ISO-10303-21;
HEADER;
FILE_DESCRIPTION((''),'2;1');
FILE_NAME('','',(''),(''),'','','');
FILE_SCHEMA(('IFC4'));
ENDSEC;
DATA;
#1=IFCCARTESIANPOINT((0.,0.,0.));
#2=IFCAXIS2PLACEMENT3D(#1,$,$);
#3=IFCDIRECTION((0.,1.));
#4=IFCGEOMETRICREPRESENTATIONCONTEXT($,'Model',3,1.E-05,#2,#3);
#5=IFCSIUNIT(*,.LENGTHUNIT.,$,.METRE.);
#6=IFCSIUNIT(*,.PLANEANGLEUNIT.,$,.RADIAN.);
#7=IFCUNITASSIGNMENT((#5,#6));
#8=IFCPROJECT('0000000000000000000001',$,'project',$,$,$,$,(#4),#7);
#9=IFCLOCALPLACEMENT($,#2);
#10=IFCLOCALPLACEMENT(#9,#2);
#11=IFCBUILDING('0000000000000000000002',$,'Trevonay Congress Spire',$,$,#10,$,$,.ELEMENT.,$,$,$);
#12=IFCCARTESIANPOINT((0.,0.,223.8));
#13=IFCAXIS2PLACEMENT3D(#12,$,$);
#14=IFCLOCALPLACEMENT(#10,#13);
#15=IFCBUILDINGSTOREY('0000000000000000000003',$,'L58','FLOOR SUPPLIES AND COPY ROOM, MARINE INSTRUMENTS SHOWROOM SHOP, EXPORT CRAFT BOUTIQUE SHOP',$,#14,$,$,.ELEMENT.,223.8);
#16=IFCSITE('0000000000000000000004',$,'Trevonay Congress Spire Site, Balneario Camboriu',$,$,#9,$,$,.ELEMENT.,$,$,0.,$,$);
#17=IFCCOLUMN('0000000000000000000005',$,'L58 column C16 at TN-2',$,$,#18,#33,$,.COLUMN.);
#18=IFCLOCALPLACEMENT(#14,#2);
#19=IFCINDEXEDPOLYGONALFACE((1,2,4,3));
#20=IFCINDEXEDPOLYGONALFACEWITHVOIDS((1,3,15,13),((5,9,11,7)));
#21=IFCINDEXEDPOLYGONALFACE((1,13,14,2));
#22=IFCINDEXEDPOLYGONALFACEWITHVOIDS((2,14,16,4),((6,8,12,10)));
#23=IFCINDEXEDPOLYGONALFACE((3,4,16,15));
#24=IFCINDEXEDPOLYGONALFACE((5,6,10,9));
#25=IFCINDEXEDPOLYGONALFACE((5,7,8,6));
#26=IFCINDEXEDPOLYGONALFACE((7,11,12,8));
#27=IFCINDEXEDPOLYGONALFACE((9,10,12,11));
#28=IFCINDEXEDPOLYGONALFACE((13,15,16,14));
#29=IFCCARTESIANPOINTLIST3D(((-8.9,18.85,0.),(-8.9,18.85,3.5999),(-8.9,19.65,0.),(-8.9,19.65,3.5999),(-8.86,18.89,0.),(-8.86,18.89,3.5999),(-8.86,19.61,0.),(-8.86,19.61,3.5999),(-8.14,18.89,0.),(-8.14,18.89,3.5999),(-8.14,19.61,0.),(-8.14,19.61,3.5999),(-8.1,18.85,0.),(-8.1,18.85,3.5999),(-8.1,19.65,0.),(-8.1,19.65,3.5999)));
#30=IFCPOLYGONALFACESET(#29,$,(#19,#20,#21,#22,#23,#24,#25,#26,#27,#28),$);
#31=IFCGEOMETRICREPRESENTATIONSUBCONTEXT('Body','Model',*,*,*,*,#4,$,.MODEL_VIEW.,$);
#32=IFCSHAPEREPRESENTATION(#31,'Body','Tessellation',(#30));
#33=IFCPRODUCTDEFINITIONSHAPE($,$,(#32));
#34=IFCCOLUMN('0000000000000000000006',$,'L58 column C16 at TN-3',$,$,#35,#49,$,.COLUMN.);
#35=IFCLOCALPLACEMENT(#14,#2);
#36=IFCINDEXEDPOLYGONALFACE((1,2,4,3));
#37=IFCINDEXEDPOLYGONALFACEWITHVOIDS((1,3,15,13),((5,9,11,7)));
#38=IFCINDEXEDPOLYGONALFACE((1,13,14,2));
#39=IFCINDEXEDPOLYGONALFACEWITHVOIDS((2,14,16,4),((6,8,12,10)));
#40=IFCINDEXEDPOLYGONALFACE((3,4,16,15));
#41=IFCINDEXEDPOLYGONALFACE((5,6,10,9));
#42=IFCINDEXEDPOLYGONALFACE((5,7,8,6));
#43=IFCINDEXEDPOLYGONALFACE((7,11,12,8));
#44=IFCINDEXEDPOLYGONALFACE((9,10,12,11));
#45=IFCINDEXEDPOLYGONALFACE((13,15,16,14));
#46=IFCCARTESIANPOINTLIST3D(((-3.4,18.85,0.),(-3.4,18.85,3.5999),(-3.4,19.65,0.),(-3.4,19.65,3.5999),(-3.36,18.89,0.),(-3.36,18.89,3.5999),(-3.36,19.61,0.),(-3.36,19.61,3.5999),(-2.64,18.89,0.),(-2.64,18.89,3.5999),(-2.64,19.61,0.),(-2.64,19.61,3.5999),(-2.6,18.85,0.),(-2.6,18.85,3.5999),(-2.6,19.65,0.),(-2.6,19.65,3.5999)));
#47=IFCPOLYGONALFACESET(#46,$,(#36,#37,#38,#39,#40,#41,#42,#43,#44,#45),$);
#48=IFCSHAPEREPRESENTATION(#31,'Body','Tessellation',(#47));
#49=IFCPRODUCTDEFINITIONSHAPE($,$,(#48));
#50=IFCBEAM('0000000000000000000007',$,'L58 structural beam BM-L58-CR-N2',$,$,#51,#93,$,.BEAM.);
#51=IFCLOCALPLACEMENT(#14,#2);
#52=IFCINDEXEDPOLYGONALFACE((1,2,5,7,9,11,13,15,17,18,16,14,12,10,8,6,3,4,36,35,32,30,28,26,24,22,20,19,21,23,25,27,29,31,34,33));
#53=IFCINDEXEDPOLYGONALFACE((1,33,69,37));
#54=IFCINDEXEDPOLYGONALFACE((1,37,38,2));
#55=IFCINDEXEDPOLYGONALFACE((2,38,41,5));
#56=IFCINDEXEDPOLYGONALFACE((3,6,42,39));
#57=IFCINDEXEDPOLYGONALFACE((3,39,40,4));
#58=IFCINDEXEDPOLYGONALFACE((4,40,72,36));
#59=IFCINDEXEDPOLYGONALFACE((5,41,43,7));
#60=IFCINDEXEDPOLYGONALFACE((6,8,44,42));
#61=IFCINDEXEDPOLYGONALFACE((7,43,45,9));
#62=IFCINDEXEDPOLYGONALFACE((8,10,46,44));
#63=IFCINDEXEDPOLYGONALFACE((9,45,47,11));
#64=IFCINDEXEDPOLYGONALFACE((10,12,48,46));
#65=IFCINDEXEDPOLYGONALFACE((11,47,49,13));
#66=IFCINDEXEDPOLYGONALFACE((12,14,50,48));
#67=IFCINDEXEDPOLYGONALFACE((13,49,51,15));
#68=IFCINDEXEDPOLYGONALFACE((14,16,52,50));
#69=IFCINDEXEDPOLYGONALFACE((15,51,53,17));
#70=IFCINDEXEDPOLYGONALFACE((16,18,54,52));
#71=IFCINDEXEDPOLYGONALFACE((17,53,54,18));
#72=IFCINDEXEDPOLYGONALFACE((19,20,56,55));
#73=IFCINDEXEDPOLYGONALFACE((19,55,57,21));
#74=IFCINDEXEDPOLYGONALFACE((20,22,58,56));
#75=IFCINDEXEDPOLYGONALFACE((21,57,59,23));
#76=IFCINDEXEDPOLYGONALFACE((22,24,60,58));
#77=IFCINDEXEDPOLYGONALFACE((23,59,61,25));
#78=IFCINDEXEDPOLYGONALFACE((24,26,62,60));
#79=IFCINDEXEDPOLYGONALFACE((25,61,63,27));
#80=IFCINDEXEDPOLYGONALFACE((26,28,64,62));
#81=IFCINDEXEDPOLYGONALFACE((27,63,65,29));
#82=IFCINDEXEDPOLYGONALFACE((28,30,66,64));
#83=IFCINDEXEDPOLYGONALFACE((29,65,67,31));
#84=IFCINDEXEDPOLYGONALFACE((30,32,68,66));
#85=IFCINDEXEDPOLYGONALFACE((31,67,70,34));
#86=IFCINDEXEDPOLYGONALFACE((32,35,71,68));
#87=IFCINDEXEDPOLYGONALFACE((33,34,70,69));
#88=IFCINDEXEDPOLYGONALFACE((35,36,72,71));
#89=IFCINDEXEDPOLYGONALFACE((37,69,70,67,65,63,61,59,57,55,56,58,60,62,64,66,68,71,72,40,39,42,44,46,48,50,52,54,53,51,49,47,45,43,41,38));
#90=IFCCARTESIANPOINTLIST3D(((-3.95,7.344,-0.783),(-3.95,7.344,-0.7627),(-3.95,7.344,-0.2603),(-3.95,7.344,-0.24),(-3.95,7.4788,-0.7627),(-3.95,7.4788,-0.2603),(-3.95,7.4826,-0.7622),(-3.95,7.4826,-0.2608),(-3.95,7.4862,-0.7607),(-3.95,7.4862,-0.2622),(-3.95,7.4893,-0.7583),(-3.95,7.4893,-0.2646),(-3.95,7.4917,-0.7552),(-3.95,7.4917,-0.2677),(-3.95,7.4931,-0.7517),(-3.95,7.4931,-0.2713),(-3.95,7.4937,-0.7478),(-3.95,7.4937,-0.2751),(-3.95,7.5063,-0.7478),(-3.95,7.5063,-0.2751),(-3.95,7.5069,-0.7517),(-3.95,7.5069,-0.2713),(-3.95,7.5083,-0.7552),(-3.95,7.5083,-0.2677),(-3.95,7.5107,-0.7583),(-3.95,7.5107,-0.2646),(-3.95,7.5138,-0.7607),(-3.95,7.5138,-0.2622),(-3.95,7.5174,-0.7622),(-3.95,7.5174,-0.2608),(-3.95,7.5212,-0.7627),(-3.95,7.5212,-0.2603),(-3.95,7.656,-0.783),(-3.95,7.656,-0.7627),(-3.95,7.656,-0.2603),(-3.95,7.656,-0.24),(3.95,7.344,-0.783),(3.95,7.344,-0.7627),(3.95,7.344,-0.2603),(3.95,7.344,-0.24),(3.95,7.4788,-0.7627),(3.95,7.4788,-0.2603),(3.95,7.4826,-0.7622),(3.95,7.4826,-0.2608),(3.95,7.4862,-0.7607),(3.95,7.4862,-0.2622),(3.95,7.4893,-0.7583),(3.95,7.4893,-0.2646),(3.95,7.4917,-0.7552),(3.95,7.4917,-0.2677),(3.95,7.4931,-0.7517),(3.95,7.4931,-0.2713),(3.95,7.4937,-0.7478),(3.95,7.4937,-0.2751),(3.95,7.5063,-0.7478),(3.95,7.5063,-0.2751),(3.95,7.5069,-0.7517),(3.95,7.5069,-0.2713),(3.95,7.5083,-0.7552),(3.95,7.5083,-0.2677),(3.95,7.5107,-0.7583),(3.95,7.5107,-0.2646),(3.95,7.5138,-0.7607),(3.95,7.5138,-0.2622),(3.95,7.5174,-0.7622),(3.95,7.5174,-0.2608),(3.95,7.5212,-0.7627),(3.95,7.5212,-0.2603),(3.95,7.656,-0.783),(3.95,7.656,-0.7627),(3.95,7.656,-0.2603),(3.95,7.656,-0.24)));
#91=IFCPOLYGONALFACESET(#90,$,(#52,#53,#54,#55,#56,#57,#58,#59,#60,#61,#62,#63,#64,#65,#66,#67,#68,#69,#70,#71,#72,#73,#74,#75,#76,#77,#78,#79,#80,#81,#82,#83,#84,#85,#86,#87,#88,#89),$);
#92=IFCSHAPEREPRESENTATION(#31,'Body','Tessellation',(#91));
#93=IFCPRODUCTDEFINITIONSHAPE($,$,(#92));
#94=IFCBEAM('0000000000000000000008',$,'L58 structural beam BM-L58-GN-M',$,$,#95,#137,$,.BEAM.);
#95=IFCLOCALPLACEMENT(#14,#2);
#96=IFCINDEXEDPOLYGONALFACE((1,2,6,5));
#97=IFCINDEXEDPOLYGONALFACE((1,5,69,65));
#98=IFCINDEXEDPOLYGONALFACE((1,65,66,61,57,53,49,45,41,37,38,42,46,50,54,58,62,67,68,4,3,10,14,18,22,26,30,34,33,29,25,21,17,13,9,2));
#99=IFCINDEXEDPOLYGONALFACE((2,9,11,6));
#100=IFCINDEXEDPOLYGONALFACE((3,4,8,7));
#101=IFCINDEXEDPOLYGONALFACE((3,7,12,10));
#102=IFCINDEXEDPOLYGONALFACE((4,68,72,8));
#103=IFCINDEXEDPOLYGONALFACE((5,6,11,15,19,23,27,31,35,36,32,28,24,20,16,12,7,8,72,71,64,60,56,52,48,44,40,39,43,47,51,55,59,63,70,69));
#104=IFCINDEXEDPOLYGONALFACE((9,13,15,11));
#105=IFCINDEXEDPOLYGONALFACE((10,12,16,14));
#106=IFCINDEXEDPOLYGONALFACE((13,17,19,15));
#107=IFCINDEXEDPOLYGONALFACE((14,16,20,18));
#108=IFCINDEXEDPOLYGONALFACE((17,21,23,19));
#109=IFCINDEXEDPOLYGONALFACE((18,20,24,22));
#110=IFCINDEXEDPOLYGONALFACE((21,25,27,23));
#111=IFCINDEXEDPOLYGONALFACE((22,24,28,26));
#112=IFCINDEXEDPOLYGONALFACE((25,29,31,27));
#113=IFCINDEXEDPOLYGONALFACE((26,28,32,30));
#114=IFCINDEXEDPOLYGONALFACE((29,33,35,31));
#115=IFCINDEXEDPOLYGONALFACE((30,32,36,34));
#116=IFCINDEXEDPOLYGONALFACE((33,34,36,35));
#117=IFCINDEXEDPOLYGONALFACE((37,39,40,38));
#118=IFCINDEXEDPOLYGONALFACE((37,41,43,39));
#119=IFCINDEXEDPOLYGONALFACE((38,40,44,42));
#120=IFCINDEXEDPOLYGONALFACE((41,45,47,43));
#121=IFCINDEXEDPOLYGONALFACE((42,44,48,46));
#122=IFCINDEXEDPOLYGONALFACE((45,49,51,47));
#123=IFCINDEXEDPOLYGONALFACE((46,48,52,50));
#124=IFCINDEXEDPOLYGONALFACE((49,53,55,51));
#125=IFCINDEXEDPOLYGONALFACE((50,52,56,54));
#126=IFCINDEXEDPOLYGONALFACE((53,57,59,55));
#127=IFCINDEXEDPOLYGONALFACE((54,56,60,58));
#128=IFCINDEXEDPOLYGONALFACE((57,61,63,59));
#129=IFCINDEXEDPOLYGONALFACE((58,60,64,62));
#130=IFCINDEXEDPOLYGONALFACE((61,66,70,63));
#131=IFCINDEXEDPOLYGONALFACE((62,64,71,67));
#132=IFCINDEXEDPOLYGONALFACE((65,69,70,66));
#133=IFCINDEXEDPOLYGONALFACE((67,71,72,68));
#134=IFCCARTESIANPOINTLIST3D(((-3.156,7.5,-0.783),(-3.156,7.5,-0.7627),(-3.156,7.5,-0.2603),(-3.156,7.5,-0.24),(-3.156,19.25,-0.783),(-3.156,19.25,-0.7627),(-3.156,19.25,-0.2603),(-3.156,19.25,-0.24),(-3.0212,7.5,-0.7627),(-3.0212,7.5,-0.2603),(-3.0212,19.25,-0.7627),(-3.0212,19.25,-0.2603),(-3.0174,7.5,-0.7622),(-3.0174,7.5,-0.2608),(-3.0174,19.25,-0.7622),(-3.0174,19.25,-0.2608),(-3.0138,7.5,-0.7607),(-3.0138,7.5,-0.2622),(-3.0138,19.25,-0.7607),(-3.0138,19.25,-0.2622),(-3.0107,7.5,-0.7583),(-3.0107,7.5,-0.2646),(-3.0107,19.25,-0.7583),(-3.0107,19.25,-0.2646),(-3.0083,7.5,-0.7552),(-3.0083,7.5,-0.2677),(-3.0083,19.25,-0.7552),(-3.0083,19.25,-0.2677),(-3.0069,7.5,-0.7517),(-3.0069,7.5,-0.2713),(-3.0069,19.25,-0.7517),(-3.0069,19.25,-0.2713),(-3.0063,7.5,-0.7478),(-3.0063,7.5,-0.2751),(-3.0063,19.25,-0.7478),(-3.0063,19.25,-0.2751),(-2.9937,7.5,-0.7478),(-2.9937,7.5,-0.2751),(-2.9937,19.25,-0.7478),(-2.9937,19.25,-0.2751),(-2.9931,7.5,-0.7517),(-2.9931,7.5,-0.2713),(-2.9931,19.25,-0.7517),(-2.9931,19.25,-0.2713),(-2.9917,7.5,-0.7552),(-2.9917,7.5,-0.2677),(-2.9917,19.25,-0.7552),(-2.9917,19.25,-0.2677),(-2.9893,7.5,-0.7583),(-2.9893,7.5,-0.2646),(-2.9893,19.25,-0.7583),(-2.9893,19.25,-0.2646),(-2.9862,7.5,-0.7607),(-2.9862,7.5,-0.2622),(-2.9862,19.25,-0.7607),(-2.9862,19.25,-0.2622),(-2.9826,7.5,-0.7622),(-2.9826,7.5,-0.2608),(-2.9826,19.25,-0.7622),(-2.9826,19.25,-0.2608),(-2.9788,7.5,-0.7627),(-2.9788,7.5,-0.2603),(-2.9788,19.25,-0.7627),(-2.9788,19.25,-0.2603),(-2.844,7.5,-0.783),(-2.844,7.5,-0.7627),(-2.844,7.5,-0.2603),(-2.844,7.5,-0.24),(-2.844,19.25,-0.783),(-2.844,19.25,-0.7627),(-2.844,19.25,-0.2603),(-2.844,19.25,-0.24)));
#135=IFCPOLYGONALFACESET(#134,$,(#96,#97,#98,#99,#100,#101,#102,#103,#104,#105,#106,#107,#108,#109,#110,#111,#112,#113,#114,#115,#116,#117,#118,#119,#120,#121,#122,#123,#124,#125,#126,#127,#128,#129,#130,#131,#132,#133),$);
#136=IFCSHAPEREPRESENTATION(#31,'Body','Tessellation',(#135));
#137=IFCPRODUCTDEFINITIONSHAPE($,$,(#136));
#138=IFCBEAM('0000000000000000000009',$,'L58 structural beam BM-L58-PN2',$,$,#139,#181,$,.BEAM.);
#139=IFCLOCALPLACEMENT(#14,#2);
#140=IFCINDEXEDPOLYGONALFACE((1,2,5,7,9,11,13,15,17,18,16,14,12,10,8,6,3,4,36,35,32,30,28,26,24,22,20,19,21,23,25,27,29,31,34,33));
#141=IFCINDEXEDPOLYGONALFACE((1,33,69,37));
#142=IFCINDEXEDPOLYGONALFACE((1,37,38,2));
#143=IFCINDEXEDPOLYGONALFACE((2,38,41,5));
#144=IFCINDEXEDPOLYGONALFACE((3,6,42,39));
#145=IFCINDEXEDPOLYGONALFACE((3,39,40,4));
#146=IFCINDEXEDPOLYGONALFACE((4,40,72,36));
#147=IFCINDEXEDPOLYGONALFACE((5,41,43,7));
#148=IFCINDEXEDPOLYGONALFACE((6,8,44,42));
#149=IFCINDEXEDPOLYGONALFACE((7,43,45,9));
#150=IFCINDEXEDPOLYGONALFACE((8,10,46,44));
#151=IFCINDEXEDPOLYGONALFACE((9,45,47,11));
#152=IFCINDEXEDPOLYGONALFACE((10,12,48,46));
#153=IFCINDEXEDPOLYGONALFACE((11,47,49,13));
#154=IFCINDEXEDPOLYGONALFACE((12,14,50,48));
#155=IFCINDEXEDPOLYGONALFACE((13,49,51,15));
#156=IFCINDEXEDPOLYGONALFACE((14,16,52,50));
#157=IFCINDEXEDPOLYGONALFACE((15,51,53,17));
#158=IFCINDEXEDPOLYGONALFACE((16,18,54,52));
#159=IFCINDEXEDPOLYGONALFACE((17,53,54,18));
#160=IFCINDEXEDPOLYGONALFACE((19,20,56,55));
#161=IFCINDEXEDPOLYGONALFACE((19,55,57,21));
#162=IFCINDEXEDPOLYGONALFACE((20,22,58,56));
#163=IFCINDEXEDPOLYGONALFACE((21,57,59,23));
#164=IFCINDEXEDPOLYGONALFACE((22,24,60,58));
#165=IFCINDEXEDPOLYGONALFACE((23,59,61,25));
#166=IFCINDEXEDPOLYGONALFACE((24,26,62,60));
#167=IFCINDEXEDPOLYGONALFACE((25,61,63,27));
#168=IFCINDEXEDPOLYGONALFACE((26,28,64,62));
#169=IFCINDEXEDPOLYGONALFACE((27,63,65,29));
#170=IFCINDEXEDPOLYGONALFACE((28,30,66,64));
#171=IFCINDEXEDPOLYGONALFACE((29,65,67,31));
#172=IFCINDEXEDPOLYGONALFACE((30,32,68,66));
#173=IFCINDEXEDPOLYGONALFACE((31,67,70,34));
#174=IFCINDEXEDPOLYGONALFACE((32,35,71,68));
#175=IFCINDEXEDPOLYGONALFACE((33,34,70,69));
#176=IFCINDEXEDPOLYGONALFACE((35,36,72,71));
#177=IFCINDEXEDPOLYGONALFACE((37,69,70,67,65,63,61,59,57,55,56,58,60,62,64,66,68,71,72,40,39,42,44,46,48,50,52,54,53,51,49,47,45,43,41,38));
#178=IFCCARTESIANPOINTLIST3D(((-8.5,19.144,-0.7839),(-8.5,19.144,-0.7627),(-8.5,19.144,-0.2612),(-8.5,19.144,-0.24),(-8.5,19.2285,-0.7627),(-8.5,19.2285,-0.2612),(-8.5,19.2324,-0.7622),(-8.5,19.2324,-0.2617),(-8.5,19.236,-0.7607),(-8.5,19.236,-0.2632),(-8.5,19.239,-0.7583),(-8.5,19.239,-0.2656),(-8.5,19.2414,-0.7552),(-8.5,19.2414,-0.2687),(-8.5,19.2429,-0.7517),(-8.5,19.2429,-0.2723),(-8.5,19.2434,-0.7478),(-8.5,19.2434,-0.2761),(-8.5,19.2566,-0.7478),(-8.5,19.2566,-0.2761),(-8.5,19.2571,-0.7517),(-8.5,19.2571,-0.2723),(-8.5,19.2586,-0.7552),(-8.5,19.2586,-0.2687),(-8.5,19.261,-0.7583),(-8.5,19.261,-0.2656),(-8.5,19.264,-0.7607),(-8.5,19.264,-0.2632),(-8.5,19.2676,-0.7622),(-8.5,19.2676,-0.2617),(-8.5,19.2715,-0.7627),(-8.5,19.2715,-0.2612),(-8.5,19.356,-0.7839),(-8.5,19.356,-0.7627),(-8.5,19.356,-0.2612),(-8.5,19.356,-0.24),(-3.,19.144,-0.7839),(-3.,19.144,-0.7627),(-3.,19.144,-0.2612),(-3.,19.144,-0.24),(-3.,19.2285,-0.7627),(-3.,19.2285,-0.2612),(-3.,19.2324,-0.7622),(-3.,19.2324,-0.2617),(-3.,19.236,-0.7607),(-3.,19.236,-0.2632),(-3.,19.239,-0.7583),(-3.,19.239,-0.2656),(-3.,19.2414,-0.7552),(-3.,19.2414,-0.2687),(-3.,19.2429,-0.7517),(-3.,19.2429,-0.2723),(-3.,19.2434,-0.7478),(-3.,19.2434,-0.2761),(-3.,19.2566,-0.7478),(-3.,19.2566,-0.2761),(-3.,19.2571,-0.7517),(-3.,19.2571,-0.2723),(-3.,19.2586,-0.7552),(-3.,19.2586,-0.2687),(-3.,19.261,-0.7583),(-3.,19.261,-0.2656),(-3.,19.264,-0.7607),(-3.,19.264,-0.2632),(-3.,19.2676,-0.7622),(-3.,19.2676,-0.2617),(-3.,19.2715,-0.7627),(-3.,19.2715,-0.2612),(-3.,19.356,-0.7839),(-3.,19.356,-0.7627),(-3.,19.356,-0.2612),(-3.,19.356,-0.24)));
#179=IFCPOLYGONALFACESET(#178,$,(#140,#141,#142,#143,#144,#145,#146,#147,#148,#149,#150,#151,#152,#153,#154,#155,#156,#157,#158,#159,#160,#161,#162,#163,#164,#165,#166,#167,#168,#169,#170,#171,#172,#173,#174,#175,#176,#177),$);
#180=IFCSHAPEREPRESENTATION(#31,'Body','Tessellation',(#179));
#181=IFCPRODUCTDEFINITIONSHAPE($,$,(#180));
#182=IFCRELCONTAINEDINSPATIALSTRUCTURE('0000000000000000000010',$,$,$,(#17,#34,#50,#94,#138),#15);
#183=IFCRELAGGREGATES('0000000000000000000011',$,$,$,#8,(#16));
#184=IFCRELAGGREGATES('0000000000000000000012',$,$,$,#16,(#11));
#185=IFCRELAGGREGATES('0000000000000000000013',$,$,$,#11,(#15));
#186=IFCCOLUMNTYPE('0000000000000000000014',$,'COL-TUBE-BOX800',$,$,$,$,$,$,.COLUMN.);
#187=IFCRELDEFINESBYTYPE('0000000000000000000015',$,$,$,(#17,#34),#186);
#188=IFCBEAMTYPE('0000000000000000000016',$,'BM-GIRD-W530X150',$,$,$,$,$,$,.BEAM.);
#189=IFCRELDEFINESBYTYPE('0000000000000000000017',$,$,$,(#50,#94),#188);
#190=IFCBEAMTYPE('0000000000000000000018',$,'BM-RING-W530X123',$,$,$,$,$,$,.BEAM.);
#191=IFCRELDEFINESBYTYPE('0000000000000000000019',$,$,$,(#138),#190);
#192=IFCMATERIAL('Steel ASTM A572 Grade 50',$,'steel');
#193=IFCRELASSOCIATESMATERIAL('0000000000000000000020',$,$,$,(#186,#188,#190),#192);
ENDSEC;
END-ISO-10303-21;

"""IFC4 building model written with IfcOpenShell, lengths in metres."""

from ifc_helpers import new_model, si_unit, direction, frame, origin, origin_2d, place, context, subcontext, project, spatial, hollow_rectangle, i_section, extrude, material, material_profile, profile_set, type_object, element, save


model = new_model("IFC4")

# Units and contexts
model_context = context("Model", 3, precision=1e-05, world=origin(), true_north=direction((0.0, 1.0)))
body_context = subcontext(model_context, "Body", "Model", "MODEL_VIEW")
ifc_project = project(units=[si_unit("LENGTHUNIT", "METRE"), si_unit("PLANEANGLEUNIT", "RADIAN")], contexts=[model_context])

# Site, building, storey
site_placement = place(None, origin())
site = spatial("IfcSite", under=ifc_project, at=site_placement, Name="Trevonay Congress Spire Site, Balneario Camboriu", CompositionType="ELEMENT", RefElevation=0.0)
building_placement = place(site_placement, origin())
building = spatial("IfcBuilding", under=site, at=building_placement, Name="Trevonay Congress Spire", CompositionType="ELEMENT")
storey_placement = place(building_placement, frame((0.0, 0.0, 223.8)))
storey = spatial("IfcBuildingStorey", under=building, at=storey_placement, Name="L58", Description="FLOOR SUPPLIES AND COPY ROOM, MARINE INSTRUMENTS SHOWROOM SHOP, EXPORT CRAFT BOUTIQUE SHOP", CompositionType="ELEMENT", Elevation=223.8)

# Columns
ifc_material_1 = material(Name="Steel ASTM A572 Grade 50", Category="steel")
ifc_material_profile_1 = material_profile(ifc_material_1, hollow_rectangle(XDim=0.8, YDim=0.8, WallThickness=0.04, at=origin_2d()), Name="BOX 800x800x40")
ifc_profile_set_1 = profile_set([ifc_material_profile_1], Name="Steel ASTM A572 Grade 50")
column_type = type_object("IfcColumnType", Name="COL-TUBE-BOX800", PredefinedType="COLUMN", material=ifc_profile_set_1)
for number, where, z_axis, x_axis, name in (
    (1, (-8.5, 19.25, 0.0), (0.0, 0.0, 1.0), (1.0, 0.0, 0.0), "L58 column C16 at TN-2"),
    (2, (-3.0, 19.25, 0.0), (0.0, 0.0, 1.0), (1.0, 0.0, 0.0), "L58 column C16 at TN-3"),
):
    element("IfcColumn", number, at=place(storey_placement, frame(where, z_axis=z_axis, x_axis=x_axis)), inside=storey, type_object=column_type, Name=name, PredefinedType="COLUMN", context=body_context, shape_type="SweptSolid", body=[
        extrude(hollow_rectangle(XDim=0.8, YDim=0.8, WallThickness=0.04, at=origin_2d()), origin(), (0.0, 0.0, 1.0), 3.5999),
    ])

# Beams
ifc_material_profile_2 = material_profile(ifc_material_1, i_section(OverallWidth=0.312, OverallDepth=0.543, WebThickness=0.0127, FlangeThickness=0.0203, FilletRadius=0.0149, at=origin_2d()), Name="W530x150")
ifc_profile_set_2 = profile_set([ifc_material_profile_2], Name="Steel ASTM A572 Grade 50")
beam_type_1 = type_object("IfcBeamType", Name="BM-GIRD-W530X150", PredefinedType="BEAM", material=ifc_profile_set_2)
beam_1_placement = place(storey_placement, frame((-3.95, 7.5, -0.5115), z_axis=(1.0, 0.0, 0.0), x_axis=(0.0, 1.0, 0.0)))
element("IfcBeam", 3, at=beam_1_placement, inside=storey, type_object=beam_type_1, Name="L58 structural beam BM-L58-CR-N2", PredefinedType="BEAM", context=body_context, shape_type="SweptSolid", body=[
    extrude(i_section(OverallWidth=0.312, OverallDepth=0.543, WebThickness=0.0127, FlangeThickness=0.0203, FilletRadius=0.0149, at=origin_2d()), origin(), (0.0, 0.0, 1.0), 7.8999),
])
beam_2_placement = place(storey_placement, frame((-3.0, 7.5, -0.5115), z_axis=(0.0, 1.0, 0.0), x_axis=(-1.0, 0.0, 0.0)))
element("IfcBeam", 4, at=beam_2_placement, inside=storey, type_object=beam_type_1, Name="L58 structural beam BM-L58-GN-M", PredefinedType="BEAM", context=body_context, shape_type="SweptSolid", body=[
    extrude(i_section(OverallWidth=0.312, OverallDepth=0.543, WebThickness=0.0127, FlangeThickness=0.0203, FilletRadius=0.0149, at=origin_2d()), origin(), (0.0, 0.0, 1.0), 11.75),
])
ifc_material_profile_3 = material_profile(ifc_material_1, i_section(OverallWidth=0.2119, OverallDepth=0.5439, WebThickness=0.0132, FlangeThickness=0.0212, FilletRadius=0.0149, at=origin_2d()), Name="W530x123")
ifc_profile_set_3 = profile_set([ifc_material_profile_3], Name="Steel ASTM A572 Grade 50")
beam_type_2 = type_object("IfcBeamType", Name="BM-RING-W530X123", PredefinedType="BEAM", material=ifc_profile_set_3)
beam_3_placement = place(storey_placement, frame((-8.5, 19.25, -0.512), z_axis=(1.0, 0.0, 0.0), x_axis=(0.0, 1.0, 0.0)))
element("IfcBeam", 5, at=beam_3_placement, inside=storey, type_object=beam_type_2, Name="L58 structural beam BM-L58-PN2", PredefinedType="BEAM", context=body_context, shape_type="SweptSolid", body=[
    extrude(i_section(OverallWidth=0.2119, OverallDepth=0.5439, WebThickness=0.0132, FlangeThickness=0.0212, FilletRadius=0.0149, at=origin_2d()), origin(), (0.0, 0.0, 1.0), 5.5),
])

save(model, "model.ifc")
